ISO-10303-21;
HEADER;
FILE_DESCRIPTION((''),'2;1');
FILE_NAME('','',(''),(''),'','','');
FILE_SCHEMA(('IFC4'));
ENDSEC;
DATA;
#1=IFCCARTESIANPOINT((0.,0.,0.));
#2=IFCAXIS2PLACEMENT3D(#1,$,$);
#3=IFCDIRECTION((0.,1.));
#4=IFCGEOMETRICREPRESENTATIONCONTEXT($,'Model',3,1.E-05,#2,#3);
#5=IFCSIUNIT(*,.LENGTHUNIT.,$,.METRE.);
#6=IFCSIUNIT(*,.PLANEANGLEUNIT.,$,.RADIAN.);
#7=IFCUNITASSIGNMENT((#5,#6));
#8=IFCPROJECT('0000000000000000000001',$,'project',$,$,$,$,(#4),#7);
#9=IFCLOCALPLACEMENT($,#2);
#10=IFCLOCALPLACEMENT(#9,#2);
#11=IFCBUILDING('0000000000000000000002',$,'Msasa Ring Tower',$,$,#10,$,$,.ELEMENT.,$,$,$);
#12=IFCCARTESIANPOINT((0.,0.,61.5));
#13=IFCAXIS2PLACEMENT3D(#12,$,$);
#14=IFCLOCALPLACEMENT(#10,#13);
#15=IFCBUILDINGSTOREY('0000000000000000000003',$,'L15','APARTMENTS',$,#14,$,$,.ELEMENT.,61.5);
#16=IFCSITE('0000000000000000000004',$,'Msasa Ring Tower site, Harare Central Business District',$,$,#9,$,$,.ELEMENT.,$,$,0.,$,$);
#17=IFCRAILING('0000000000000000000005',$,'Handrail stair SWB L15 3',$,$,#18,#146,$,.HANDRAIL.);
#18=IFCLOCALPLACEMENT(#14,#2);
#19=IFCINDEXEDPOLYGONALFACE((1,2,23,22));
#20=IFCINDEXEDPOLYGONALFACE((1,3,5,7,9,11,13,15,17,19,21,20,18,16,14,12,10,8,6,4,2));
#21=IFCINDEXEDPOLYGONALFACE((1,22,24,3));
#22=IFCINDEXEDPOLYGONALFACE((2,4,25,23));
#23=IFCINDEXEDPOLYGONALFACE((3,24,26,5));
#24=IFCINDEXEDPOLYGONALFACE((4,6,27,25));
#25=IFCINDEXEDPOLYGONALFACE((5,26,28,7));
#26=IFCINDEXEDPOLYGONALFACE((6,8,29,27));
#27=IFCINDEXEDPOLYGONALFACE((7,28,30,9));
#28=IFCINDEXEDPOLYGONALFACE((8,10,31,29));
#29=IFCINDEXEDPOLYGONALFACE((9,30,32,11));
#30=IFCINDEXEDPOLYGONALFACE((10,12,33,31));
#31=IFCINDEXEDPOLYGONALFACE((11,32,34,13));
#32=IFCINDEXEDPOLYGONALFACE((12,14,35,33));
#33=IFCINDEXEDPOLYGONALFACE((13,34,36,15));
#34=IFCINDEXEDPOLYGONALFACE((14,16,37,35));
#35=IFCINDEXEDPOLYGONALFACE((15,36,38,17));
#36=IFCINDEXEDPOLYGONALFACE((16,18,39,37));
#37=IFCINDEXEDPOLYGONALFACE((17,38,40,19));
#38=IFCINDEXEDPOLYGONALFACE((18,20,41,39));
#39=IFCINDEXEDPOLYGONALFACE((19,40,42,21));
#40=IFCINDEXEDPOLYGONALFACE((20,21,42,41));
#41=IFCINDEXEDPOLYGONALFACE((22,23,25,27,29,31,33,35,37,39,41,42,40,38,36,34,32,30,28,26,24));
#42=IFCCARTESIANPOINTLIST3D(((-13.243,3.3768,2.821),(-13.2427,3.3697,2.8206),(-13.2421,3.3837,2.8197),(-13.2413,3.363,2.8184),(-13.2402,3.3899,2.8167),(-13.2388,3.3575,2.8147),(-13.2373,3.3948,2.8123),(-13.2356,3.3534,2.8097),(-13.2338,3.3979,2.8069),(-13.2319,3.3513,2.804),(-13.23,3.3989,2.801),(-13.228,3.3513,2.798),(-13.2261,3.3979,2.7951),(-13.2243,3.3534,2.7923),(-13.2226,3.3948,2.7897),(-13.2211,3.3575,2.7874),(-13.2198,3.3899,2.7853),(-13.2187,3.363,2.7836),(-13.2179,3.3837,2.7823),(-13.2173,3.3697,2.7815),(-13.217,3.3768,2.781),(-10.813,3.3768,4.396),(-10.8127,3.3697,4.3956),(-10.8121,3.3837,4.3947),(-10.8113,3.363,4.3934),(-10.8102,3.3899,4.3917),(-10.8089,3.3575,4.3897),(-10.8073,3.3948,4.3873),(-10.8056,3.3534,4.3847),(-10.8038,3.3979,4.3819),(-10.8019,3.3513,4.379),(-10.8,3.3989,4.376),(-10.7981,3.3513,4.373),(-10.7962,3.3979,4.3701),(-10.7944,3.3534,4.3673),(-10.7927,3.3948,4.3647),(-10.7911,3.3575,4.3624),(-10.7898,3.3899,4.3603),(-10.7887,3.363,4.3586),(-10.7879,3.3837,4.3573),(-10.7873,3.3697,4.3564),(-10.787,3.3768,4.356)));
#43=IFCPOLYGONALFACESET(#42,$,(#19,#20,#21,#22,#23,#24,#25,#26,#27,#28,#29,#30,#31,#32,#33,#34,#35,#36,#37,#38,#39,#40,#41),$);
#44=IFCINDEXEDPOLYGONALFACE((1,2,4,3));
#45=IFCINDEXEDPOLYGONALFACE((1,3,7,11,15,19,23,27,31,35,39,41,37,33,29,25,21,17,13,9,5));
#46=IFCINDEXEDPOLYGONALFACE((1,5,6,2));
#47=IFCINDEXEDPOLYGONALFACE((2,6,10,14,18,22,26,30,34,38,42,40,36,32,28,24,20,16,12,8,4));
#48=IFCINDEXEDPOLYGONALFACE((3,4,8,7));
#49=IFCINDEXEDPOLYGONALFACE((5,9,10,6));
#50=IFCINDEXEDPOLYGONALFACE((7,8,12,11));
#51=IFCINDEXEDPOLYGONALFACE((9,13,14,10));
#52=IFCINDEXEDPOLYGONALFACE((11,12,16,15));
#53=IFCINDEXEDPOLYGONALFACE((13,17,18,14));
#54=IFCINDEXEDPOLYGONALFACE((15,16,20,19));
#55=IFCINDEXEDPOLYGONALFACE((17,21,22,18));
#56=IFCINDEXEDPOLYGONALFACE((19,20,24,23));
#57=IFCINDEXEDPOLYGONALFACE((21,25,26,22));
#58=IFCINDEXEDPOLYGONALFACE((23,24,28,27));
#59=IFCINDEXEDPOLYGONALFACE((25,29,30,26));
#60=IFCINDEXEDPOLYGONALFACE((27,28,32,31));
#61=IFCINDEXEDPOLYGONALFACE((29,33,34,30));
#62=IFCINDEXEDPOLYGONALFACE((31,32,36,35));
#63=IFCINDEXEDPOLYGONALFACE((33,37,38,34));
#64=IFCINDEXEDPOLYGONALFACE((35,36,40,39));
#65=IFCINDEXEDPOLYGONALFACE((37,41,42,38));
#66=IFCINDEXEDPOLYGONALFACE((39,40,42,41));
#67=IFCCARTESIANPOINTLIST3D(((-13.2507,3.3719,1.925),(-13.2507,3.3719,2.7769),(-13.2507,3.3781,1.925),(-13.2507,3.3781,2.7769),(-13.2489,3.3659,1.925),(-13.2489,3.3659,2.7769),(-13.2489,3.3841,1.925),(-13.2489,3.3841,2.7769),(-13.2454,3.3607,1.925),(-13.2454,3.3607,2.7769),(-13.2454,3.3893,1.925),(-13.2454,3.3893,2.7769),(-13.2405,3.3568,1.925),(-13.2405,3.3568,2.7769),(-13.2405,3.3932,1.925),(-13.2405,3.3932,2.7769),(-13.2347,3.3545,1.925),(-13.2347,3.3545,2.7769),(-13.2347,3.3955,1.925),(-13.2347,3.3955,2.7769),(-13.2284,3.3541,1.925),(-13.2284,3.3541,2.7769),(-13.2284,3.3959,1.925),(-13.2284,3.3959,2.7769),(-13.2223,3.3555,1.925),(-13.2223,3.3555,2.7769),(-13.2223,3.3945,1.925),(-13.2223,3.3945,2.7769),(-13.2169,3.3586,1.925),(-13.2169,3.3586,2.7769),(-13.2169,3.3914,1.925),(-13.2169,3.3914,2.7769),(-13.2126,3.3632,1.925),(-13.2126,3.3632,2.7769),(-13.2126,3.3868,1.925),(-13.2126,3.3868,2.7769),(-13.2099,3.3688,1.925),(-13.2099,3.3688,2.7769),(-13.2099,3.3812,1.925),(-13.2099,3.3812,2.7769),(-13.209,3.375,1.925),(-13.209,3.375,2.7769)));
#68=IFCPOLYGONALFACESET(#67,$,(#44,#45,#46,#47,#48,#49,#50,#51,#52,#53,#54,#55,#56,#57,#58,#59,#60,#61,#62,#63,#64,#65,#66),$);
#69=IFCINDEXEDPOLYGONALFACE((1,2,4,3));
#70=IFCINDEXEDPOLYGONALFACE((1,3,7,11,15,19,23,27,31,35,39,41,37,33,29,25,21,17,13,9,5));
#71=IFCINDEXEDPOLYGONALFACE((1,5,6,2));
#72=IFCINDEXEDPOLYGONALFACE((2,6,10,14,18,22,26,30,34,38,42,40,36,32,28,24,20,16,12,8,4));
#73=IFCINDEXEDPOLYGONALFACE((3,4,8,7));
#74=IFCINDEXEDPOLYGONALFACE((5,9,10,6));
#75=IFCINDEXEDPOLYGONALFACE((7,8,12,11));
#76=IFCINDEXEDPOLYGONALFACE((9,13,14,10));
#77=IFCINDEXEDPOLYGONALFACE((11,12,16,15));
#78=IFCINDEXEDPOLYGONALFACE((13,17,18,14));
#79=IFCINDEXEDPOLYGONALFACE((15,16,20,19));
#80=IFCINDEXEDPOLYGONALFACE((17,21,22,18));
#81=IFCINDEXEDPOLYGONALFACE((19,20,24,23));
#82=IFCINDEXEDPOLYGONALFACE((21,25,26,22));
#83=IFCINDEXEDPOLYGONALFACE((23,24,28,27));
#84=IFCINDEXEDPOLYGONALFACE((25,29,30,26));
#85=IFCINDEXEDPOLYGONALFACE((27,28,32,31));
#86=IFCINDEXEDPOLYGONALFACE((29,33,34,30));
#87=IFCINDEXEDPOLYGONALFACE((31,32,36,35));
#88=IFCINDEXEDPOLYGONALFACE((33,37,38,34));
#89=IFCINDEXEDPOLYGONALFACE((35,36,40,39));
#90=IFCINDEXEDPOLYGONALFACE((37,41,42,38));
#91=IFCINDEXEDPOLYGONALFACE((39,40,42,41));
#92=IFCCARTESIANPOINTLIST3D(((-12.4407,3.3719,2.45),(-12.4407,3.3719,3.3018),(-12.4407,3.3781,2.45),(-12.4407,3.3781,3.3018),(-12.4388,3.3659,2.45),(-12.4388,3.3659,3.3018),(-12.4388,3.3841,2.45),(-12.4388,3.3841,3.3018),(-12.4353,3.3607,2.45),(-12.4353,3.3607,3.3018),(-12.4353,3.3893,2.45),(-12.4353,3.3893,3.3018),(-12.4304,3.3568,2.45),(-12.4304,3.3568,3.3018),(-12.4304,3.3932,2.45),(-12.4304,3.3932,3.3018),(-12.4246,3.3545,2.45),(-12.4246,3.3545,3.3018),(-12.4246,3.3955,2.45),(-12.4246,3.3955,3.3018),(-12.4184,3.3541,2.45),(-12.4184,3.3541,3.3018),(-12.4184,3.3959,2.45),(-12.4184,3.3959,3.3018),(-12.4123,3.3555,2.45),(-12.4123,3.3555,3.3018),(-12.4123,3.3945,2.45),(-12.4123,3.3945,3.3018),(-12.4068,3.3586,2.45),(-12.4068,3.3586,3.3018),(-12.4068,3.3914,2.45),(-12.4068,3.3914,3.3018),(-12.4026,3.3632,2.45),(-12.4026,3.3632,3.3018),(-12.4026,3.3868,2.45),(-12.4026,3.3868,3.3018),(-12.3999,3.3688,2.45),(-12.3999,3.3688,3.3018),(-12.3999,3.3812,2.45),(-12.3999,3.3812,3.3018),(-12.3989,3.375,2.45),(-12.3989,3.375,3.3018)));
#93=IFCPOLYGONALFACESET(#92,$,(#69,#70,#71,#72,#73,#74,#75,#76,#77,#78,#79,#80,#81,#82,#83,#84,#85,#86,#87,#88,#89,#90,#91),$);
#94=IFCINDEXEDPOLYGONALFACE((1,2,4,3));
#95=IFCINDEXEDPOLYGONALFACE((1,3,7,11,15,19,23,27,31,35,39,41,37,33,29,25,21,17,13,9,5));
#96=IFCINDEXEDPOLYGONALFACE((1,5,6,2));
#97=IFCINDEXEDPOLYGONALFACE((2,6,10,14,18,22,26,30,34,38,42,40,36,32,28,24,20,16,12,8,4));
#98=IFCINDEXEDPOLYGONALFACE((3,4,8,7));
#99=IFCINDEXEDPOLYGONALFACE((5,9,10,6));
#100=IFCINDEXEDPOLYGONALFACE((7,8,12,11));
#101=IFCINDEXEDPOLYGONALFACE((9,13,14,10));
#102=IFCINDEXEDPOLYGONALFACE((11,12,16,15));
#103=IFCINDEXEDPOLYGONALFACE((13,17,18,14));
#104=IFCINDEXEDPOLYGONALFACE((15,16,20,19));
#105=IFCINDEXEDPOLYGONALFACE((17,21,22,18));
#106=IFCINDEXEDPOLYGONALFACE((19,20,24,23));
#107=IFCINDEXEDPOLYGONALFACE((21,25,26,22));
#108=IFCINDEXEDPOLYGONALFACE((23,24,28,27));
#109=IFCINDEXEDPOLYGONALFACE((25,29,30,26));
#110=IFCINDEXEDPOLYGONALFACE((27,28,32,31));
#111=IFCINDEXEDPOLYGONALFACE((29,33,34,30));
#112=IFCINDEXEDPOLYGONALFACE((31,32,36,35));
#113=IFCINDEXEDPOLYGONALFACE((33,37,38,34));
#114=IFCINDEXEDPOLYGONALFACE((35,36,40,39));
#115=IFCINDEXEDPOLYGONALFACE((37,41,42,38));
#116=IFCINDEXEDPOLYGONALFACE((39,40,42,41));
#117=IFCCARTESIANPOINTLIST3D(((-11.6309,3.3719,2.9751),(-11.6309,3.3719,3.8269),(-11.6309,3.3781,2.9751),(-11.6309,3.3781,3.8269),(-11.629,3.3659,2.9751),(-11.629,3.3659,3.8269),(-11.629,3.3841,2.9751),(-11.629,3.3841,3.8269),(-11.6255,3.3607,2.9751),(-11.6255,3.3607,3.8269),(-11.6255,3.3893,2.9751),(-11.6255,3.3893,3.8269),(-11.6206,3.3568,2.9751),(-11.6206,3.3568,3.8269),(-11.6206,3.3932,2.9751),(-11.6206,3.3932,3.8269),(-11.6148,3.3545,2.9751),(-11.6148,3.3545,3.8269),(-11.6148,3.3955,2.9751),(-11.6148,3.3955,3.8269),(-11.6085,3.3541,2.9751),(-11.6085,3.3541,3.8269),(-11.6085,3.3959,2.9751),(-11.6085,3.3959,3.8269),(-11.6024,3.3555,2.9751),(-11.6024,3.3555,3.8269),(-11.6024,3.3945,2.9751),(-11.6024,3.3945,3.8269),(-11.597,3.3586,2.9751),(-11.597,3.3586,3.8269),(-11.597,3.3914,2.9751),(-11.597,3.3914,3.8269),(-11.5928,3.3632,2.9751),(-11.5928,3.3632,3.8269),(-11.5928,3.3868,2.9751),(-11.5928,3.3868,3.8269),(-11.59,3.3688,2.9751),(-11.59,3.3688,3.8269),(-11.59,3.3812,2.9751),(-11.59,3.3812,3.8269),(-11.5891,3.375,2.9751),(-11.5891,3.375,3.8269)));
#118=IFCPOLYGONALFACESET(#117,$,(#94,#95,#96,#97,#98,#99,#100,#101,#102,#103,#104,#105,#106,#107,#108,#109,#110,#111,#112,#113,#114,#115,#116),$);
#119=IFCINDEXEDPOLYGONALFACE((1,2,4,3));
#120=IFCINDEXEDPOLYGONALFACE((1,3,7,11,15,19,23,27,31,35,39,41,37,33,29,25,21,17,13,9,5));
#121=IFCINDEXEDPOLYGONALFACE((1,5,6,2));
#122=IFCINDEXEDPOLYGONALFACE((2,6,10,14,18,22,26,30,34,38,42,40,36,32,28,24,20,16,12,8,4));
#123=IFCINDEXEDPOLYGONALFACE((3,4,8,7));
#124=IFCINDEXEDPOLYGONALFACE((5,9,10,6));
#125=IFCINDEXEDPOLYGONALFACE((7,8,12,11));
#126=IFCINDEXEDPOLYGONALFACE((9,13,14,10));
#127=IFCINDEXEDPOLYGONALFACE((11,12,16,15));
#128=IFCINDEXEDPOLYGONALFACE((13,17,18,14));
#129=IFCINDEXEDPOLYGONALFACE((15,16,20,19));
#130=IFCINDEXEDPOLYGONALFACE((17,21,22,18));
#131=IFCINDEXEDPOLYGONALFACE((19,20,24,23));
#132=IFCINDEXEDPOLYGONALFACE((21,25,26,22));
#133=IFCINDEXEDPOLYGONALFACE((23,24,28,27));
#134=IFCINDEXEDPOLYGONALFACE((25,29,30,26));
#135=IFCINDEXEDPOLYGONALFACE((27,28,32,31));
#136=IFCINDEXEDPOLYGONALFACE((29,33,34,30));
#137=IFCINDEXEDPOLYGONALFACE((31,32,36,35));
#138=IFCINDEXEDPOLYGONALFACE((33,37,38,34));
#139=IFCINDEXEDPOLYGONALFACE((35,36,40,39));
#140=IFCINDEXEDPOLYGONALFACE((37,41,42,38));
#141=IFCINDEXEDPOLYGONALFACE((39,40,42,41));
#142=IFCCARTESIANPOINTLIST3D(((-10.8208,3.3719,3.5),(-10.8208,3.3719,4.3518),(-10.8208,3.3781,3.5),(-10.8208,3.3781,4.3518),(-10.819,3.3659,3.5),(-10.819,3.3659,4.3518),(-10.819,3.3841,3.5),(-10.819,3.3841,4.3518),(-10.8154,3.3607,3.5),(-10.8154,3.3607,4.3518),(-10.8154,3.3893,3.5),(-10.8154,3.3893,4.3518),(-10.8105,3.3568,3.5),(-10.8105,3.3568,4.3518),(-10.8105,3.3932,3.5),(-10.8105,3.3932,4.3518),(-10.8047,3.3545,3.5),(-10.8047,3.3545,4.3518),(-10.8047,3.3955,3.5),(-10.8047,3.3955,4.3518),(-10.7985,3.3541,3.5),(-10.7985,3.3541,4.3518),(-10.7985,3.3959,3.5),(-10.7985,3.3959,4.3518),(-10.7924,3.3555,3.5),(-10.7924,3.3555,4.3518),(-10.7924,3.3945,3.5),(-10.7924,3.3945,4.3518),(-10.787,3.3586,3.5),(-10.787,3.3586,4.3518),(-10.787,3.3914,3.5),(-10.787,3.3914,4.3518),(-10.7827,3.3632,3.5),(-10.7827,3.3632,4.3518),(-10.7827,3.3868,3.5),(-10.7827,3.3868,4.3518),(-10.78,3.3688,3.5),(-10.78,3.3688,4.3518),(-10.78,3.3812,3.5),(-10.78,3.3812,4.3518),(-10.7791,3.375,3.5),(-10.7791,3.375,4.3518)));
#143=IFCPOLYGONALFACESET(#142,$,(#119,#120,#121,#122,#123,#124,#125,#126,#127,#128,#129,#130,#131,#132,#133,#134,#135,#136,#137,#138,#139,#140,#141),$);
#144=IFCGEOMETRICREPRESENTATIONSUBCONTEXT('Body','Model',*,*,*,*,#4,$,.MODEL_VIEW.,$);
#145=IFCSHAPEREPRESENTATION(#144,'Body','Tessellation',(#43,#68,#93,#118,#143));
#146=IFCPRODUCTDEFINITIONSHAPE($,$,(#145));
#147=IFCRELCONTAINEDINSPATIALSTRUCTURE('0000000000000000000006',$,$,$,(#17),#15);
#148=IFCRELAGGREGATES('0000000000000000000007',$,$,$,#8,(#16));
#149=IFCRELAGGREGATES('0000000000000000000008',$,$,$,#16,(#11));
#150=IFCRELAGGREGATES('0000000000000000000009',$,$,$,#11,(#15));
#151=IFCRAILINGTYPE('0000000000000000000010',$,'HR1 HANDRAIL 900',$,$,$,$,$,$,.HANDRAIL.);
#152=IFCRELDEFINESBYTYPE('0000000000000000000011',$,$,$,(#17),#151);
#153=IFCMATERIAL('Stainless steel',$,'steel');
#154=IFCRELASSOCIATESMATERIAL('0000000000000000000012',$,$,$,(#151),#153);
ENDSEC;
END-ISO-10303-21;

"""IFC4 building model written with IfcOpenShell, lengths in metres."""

from ifc_helpers import new_model, si_unit, direction, frame, origin, origin_2d, place, context, subcontext, project, spatial, circle, extrude, material, type_object, element, save


model = new_model("IFC4")

# Units and contexts
model_context = context("Model", 3, precision=1e-05, world=origin(), true_north=direction((0.0, 1.0)))
body_context = subcontext(model_context, "Body", "Model", "MODEL_VIEW")
ifc_project = project(units=[si_unit("LENGTHUNIT", "METRE"), si_unit("PLANEANGLEUNIT", "RADIAN")], contexts=[model_context])

# Site, building, storey
site_placement = place(None, origin())
site = spatial("IfcSite", under=ifc_project, at=site_placement, Name="Msasa Ring Tower site, Harare Central Business District", CompositionType="ELEMENT", RefElevation=0.0)
building_placement = place(site_placement, origin())
building = spatial("IfcBuilding", under=site, at=building_placement, Name="Msasa Ring Tower", CompositionType="ELEMENT")
storey_placement = place(building_placement, frame((0.0, 0.0, 61.5)))
storey = spatial("IfcBuildingStorey", under=building, at=storey_placement, Name="L15", Description="APARTMENTS", CompositionType="ELEMENT", Elevation=61.5)

# Railing
ifc_material_1 = material(Name="Stainless steel", Category="steel")
railing_type = type_object("IfcRailingType", Name="HR1 HANDRAIL 900", PredefinedType="HANDRAIL", material=ifc_material_1)
for number, where, name in (
    (1, (-13.23, 3.375, 1.925), "Handrail stair SWB L15 3"),
):
    element("IfcRailing", number, at=place(storey_placement, frame(where)), inside=storey, type_object=railing_type, Name=name, PredefinedType="HANDRAIL", context=body_context, shape_type="SweptSolid", body=[
        extrude(circle(Radius=0.0239, at=origin_2d()), frame((0.0, 0.0, 0.876), z_axis=(0.839154, 0.0, 0.543894), x_axis=(0.0, 1.0, 0.0)), (0.0, 0.0, 1.0), 2.8958),
        extrude(circle(Radius=0.021, at=origin_2d()), origin(), (0.0, 0.0, 1.0), 0.8518),
        extrude(circle(Radius=0.021, at=origin_2d()), frame((0.8101, 0.0, 0.5249)), (0.0, 0.0, 1.0), 0.8518),
        extrude(circle(Radius=0.021, at=origin_2d()), frame((1.6199, 0.0, 1.05)), (0.0, 0.0, 1.0), 0.8518),
        extrude(circle(Radius=0.021, at=origin_2d()), frame((2.4299, 0.0, 1.575)), (0.0, 0.0, 1.0), 0.8518),
    ])

save(model, "model.ifc")
